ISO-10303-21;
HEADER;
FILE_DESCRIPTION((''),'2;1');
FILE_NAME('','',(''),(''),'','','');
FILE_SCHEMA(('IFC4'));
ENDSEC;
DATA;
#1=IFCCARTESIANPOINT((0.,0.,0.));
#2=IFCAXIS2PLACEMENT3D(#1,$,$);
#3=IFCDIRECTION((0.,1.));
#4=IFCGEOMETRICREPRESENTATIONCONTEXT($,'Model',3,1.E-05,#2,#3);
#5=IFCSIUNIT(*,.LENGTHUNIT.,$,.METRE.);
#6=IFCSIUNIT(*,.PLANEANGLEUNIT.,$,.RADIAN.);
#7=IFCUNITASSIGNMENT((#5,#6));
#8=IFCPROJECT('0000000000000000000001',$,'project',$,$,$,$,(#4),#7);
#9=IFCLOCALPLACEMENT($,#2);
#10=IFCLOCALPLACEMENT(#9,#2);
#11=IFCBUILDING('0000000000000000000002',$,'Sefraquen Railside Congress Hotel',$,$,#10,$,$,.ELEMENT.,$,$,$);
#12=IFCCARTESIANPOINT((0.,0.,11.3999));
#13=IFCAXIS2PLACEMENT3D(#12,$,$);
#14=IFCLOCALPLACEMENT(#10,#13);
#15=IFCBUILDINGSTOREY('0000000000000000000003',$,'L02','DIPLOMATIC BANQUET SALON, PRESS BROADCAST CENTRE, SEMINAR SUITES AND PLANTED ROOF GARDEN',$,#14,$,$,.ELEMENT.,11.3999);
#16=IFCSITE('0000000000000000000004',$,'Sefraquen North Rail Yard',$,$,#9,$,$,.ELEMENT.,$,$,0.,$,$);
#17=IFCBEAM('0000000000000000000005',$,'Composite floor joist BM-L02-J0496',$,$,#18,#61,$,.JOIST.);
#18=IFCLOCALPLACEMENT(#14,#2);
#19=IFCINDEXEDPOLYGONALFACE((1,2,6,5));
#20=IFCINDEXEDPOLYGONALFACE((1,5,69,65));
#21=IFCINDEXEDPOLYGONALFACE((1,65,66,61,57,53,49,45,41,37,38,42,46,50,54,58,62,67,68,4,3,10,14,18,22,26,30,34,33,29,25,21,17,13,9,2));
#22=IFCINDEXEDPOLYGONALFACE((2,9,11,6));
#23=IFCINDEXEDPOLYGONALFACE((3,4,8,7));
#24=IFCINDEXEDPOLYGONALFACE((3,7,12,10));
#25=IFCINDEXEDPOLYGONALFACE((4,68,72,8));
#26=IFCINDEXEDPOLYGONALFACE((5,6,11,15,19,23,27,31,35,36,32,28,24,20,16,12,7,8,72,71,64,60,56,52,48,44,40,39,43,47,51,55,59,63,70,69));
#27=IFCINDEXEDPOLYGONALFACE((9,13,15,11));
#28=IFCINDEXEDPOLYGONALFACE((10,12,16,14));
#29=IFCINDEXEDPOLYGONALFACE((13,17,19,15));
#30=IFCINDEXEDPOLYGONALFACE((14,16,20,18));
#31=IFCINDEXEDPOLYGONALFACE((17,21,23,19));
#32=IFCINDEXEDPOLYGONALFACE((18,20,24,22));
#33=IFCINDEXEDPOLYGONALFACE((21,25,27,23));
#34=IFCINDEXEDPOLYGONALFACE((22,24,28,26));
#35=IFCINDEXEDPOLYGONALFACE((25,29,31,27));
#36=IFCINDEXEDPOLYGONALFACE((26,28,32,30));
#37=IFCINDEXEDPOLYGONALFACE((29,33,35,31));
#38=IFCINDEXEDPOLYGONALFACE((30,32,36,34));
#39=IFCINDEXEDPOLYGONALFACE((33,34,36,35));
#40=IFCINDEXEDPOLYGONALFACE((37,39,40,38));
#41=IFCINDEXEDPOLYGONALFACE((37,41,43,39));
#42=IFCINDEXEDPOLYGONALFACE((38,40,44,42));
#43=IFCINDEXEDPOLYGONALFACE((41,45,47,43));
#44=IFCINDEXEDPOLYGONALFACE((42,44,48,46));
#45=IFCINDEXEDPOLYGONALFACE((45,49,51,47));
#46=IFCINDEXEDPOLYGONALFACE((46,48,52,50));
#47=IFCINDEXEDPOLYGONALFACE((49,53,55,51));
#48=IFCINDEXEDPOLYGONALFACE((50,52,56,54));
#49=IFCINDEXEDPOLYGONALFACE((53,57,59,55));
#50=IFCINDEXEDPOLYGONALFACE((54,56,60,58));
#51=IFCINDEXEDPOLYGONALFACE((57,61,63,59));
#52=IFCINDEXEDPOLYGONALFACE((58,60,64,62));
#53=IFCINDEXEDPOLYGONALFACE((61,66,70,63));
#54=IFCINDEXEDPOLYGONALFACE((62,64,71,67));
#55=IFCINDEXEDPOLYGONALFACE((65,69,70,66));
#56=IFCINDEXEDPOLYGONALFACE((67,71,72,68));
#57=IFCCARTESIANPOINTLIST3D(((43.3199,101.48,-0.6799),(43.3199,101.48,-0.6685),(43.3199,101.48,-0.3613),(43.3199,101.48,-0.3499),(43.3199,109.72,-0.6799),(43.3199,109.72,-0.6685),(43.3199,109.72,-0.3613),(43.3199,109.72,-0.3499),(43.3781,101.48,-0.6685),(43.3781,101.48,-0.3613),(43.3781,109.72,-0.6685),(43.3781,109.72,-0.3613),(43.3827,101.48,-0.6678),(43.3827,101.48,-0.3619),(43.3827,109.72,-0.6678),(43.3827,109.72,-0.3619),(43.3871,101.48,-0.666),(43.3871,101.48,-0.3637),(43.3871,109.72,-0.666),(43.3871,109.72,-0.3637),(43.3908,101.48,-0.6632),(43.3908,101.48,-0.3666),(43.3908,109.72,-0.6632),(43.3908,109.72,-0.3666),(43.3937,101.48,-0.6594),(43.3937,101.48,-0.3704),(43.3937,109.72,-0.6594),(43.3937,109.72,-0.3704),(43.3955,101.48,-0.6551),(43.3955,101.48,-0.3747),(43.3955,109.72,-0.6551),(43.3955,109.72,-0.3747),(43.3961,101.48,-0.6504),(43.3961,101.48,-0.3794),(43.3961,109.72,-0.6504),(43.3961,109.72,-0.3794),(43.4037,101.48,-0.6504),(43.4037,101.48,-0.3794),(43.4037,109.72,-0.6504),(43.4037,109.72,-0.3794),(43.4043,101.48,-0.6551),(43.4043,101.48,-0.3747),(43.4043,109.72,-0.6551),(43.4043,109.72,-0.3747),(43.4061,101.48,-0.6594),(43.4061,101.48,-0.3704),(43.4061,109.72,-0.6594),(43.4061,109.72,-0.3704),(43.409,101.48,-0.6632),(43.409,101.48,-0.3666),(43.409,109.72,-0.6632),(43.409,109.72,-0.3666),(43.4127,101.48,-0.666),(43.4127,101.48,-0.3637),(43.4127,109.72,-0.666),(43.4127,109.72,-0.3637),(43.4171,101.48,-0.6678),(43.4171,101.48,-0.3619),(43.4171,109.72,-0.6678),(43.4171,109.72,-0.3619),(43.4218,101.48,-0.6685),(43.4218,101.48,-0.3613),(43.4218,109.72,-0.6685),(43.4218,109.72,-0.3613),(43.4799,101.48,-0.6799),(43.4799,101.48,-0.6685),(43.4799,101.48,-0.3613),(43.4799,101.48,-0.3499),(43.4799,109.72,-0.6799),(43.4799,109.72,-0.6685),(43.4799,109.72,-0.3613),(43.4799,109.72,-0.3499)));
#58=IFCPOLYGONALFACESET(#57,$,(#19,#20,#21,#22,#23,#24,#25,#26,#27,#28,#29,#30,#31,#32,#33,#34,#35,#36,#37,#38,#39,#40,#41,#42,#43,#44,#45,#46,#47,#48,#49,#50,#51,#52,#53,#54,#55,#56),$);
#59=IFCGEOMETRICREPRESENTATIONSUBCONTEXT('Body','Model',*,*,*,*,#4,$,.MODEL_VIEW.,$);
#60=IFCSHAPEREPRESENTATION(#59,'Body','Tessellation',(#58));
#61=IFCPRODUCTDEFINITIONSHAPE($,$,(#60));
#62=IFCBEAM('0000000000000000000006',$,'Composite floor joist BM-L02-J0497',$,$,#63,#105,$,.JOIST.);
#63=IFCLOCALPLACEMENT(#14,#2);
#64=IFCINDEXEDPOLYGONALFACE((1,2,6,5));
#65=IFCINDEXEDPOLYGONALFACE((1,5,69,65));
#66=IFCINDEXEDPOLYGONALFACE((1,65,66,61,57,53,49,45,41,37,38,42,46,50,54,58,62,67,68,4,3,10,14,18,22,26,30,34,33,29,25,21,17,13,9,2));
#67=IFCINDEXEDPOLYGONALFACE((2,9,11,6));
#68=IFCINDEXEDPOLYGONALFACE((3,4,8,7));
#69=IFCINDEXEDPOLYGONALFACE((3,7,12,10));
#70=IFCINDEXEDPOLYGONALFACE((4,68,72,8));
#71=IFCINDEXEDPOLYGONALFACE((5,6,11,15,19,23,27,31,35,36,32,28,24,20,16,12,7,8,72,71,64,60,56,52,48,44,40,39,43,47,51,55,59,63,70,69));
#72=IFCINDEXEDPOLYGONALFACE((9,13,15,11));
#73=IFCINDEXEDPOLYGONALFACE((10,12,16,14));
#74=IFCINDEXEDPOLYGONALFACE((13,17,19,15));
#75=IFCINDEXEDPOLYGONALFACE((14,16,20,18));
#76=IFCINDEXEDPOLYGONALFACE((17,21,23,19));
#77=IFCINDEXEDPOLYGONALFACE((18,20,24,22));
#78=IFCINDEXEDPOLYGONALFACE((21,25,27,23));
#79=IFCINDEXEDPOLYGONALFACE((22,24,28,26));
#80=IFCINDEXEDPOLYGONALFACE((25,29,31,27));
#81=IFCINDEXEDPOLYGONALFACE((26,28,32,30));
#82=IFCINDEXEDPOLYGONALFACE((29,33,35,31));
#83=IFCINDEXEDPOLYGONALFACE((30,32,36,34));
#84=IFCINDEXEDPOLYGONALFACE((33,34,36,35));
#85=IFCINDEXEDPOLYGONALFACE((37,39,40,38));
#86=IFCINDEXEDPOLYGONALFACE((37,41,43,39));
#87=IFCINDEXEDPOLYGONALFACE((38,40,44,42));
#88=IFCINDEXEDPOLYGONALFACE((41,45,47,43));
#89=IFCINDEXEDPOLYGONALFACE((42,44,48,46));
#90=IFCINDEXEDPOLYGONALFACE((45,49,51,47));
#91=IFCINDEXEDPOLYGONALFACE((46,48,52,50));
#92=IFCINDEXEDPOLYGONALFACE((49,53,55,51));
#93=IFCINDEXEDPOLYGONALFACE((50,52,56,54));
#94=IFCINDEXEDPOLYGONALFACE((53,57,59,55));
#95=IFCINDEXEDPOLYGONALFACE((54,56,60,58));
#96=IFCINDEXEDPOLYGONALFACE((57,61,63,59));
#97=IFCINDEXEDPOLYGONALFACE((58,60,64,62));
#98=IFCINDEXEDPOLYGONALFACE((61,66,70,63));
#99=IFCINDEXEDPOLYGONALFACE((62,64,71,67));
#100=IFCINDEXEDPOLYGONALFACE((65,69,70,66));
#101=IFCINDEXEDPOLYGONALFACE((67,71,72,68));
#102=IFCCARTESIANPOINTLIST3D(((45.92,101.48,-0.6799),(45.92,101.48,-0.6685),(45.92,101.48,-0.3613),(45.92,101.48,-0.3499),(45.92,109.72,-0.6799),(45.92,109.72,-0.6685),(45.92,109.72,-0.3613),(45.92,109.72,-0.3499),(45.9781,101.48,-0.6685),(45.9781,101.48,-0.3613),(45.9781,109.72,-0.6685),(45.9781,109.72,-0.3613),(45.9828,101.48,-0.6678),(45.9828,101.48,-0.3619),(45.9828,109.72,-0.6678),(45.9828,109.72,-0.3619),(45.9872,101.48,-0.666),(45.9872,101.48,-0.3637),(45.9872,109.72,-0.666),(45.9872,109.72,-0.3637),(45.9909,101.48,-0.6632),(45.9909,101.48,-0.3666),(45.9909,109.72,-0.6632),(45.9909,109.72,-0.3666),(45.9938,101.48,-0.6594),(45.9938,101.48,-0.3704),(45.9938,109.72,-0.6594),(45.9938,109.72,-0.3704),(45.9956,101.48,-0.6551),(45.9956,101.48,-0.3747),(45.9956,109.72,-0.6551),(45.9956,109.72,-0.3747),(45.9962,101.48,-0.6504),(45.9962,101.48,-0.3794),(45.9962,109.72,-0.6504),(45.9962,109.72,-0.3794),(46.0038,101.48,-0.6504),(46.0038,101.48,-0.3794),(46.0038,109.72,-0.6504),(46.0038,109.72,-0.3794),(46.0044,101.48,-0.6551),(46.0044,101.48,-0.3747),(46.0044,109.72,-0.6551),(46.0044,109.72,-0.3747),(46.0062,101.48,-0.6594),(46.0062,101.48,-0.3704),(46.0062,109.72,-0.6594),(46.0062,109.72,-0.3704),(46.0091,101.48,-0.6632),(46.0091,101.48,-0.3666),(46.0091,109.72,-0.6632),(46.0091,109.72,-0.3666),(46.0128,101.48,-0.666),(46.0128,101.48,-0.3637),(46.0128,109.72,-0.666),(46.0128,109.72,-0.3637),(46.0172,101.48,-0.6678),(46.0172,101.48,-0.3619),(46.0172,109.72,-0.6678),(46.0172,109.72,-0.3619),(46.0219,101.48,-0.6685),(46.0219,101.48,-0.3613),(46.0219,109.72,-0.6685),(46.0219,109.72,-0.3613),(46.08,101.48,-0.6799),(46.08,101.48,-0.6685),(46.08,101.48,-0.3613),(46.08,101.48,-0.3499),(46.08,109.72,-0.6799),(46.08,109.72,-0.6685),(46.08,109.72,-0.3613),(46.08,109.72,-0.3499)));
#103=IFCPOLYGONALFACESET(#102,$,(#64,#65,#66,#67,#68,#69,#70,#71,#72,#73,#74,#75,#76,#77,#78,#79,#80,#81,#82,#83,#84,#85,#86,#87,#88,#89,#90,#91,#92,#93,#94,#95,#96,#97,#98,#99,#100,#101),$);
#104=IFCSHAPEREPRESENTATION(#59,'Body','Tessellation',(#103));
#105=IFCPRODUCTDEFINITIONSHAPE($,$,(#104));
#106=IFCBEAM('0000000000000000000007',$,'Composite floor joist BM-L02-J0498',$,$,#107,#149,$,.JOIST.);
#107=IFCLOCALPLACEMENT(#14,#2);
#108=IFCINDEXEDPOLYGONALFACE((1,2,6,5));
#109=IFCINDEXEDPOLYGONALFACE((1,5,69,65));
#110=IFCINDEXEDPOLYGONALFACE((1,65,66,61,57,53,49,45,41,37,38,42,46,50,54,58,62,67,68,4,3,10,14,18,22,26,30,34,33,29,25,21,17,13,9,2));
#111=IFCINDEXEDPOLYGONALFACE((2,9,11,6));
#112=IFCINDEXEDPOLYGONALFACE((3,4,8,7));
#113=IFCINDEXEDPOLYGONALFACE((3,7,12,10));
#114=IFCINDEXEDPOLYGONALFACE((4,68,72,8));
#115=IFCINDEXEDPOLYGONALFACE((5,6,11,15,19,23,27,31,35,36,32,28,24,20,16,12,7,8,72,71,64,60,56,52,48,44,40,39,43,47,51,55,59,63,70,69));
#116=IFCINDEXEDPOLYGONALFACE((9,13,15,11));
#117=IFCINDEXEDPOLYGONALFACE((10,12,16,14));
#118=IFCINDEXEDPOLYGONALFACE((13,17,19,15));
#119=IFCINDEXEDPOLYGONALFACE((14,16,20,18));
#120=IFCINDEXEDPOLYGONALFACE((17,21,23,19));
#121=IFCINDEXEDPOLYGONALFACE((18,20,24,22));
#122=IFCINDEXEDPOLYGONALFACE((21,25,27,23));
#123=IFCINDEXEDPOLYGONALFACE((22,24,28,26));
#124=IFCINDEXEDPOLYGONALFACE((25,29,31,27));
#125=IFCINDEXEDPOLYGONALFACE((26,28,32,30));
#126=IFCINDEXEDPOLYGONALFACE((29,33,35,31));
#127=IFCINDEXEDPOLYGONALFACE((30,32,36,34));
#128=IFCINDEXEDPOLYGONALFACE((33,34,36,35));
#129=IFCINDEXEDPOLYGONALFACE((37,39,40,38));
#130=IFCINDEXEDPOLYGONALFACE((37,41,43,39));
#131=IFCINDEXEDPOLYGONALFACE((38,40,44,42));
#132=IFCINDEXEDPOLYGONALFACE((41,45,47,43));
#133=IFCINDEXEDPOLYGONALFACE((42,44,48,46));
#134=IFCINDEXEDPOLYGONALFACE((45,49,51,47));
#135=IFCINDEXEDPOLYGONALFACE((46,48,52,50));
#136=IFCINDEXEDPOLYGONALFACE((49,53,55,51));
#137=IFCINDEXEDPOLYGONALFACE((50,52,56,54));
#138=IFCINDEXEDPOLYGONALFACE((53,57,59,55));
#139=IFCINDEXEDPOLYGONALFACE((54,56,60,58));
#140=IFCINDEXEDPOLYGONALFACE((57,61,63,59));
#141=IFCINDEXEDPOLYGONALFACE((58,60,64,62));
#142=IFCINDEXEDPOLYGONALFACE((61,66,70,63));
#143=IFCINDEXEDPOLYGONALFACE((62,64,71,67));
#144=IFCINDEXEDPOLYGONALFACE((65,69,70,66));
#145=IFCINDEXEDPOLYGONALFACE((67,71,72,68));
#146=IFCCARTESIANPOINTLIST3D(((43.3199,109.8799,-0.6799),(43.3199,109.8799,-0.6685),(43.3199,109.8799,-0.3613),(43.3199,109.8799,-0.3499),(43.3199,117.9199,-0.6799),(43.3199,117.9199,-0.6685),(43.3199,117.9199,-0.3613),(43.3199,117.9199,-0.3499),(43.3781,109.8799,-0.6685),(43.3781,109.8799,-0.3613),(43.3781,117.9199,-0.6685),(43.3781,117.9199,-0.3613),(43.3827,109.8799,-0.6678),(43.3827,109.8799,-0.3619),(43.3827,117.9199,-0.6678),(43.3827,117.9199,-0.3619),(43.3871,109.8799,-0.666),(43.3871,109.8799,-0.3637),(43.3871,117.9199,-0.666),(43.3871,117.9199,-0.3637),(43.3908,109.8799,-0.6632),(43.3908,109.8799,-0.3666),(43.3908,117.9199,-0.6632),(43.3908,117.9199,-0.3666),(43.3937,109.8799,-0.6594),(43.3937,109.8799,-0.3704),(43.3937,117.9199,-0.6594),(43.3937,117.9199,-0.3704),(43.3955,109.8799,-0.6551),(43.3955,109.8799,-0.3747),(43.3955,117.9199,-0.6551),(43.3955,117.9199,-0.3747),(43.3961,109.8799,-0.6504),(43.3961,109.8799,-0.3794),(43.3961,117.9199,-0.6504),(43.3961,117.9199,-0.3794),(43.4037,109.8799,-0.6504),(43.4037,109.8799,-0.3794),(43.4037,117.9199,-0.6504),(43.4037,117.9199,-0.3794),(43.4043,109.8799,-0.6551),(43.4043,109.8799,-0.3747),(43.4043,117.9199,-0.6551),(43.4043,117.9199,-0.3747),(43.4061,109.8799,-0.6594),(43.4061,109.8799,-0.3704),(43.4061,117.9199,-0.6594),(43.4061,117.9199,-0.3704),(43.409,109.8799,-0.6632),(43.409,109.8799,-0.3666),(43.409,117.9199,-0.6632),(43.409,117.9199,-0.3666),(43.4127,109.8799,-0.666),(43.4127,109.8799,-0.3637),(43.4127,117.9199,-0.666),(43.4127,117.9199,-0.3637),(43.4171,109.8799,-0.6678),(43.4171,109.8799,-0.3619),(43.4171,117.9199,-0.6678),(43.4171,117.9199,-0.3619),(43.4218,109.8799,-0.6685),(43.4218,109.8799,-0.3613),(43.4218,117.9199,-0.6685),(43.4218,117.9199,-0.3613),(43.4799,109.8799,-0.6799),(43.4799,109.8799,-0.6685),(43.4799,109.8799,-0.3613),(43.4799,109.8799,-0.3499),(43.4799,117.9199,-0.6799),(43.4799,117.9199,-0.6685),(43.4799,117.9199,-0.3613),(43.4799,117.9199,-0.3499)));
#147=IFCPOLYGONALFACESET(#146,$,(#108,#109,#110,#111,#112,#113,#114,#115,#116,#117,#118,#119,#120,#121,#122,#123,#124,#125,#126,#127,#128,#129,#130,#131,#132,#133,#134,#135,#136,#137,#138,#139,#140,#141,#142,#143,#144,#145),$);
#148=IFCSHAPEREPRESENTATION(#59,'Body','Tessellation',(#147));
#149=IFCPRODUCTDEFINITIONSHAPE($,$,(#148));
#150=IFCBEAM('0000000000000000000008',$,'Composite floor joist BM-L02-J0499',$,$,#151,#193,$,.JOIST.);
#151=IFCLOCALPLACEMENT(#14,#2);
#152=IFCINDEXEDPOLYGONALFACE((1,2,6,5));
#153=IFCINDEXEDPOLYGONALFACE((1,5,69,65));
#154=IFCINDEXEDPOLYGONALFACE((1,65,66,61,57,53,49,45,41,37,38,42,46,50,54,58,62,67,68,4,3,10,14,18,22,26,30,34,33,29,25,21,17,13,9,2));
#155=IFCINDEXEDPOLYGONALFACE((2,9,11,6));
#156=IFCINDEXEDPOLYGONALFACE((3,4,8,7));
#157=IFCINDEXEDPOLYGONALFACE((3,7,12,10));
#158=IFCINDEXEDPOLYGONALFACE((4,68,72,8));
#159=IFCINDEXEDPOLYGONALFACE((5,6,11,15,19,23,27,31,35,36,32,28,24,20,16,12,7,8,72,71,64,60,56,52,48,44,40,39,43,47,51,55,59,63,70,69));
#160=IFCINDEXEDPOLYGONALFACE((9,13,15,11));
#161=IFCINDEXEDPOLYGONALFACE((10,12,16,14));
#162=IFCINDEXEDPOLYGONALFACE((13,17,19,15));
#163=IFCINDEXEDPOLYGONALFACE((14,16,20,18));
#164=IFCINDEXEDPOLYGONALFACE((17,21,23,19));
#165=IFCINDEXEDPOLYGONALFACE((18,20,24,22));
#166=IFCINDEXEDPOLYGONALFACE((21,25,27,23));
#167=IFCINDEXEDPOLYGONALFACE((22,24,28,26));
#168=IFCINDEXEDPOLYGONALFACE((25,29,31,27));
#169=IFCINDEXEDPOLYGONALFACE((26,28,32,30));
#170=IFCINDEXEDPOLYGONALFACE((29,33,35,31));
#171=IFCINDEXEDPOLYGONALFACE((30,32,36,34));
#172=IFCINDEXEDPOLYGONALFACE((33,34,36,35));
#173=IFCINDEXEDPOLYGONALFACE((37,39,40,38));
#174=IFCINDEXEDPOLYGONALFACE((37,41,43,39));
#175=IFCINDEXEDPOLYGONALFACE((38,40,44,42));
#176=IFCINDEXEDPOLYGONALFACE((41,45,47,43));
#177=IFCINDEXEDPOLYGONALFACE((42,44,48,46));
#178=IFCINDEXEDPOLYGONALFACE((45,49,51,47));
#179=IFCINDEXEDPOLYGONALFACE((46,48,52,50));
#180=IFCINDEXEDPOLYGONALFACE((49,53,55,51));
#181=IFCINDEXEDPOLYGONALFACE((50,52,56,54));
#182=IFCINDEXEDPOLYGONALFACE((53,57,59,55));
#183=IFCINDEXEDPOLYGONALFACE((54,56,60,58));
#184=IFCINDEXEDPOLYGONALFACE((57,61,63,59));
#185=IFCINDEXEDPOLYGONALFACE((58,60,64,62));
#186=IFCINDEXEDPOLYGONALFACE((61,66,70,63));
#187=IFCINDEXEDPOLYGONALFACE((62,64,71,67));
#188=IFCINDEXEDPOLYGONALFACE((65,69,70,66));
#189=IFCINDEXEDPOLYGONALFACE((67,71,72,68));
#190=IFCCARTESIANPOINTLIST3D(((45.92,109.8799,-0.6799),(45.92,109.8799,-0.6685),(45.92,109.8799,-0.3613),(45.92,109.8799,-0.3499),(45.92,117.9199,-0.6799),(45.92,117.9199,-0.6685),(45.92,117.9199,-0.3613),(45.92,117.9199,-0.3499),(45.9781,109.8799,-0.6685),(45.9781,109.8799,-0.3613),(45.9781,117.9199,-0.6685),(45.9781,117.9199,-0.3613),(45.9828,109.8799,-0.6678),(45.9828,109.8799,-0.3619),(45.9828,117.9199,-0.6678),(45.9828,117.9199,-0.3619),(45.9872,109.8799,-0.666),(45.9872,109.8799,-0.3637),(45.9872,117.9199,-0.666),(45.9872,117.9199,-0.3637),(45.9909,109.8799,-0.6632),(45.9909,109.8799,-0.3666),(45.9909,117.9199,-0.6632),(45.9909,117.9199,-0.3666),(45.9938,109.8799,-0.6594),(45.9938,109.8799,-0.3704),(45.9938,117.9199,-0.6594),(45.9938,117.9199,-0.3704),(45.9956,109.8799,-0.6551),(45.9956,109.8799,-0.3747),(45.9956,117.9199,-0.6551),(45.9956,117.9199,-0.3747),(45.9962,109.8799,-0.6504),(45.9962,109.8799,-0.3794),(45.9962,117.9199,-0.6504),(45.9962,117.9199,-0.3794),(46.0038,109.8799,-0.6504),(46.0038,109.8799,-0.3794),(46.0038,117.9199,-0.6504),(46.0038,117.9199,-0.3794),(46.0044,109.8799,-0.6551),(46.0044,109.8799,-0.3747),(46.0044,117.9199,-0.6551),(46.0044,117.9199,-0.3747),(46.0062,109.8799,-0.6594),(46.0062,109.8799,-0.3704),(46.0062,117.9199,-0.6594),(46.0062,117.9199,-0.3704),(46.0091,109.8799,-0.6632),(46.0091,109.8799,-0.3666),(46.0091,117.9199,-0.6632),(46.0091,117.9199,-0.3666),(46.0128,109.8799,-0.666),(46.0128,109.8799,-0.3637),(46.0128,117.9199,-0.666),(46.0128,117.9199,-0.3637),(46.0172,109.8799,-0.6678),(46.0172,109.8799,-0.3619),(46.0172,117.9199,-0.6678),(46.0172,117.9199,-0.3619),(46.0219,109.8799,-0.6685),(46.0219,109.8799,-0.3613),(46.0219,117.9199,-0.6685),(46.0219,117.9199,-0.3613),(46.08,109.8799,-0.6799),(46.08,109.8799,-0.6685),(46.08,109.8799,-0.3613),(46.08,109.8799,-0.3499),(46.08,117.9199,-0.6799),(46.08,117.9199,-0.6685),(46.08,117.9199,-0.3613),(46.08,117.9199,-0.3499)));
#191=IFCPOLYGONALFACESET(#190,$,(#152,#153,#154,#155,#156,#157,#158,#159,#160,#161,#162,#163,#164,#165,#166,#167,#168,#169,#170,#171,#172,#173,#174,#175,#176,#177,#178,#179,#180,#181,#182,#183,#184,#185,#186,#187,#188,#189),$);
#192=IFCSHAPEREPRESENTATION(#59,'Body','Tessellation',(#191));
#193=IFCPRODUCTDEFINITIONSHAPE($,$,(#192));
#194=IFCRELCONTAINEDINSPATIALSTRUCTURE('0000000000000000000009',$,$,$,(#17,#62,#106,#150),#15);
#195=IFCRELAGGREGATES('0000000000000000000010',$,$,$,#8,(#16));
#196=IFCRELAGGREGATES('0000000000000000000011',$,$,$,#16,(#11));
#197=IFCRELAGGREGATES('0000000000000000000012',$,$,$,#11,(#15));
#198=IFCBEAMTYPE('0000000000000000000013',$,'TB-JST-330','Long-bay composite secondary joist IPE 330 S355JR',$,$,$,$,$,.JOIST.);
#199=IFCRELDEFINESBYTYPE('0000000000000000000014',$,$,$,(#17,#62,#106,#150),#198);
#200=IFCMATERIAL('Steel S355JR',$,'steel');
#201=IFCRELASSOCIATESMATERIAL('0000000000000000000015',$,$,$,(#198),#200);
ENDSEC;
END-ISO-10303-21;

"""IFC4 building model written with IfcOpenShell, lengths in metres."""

from ifc_helpers import new_model, si_unit, direction, frame, origin, origin_2d, place, context, subcontext, project, spatial, i_section, extrude, material, material_profile, profile_set, type_object, element, save


model = new_model("IFC4")

# Units and contexts
model_context = context("Model", 3, precision=1e-05, world=origin(), true_north=direction((0.0, 1.0)))
body_context = subcontext(model_context, "Body", "Model", "MODEL_VIEW")
ifc_project = project(units=[si_unit("LENGTHUNIT", "METRE"), si_unit("PLANEANGLEUNIT", "RADIAN")], contexts=[model_context])

# Site, building, storey
site_placement = place(None, origin())
site = spatial("IfcSite", under=ifc_project, at=site_placement, Name="Sefraquen North Rail Yard", CompositionType="ELEMENT", RefElevation=0.0)
building_placement = place(site_placement, origin())
building = spatial("IfcBuilding", under=site, at=building_placement, Name="Sefraquen Railside Congress Hotel", CompositionType="ELEMENT")
storey_placement = place(building_placement, frame((0.0, 0.0, 11.3999)))
storey = spatial("IfcBuildingStorey", under=building, at=storey_placement, Name="L02", Description="DIPLOMATIC BANQUET SALON, PRESS BROADCAST CENTRE, SEMINAR SUITES AND PLANTED ROOF GARDEN", CompositionType="ELEMENT", Elevation=11.3999)

# Shared definitions
ifc_material = material(Name="Steel S355JR", Category="steel")

# Beams
ifc_material_profile_1 = material_profile(ifc_material, i_section(OverallWidth=0.1599, OverallDepth=0.3301, WebThickness=0.0076, FlangeThickness=0.0115, FilletRadius=0.0181, at=origin_2d()), Name="IPE 330")
ifc_profile_set_1 = profile_set([ifc_material_profile_1], Name="Steel S355JR")
beam_type_1 = type_object("IfcBeamType", Name="TB-JST-330", Description="Long-bay composite secondary joist IPE 330 S355JR", PredefinedType="JOIST", material=ifc_profile_set_1)
for number, where, z_axis, x_axis, name in (
    (1, (43.3999, 101.48, -0.5149), (0.0, 1.0, 0.0), (-1.0, 0.0, 0.0), "Composite floor joist BM-L02-J0496"),
    (2, (46.0, 101.48, -0.5149), (0.0, 1.0, 0.0), (-1.0, 0.0, 0.0), "Composite floor joist BM-L02-J0497"),
):
    element("IfcBeam", number, at=place(storey_placement, frame(where, z_axis=z_axis, x_axis=x_axis)), inside=storey, type_object=beam_type_1, Name=name, PredefinedType="JOIST", context=body_context, shape_type="SweptSolid", body=[
        extrude(i_section(OverallWidth=0.1599, OverallDepth=0.3301, WebThickness=0.0076, FlangeThickness=0.0115, FilletRadius=0.0181, at=origin_2d()), origin(), (0.0, 0.0, 1.0), 8.24),
    ])
for number, where, z_axis, x_axis, name in (
    (3, (43.3999, 109.8799, -0.5149), (0.0, 1.0, 0.0), (-1.0, 0.0, 0.0), "Composite floor joist BM-L02-J0498"),
    (4, (46.0, 109.8799, -0.5149), (0.0, 1.0, 0.0), (-1.0, 0.0, 0.0), "Composite floor joist BM-L02-J0499"),
):
    element("IfcBeam", number, at=place(storey_placement, frame(where, z_axis=z_axis, x_axis=x_axis)), inside=storey, type_object=beam_type_1, Name=name, PredefinedType="JOIST", context=body_context, shape_type="SweptSolid", body=[
        extrude(i_section(OverallWidth=0.1599, OverallDepth=0.3301, WebThickness=0.0076, FlangeThickness=0.0115, FilletRadius=0.0181, at=origin_2d()), origin(), (0.0, 0.0, 1.0), 8.04),
    ])

save(model, "model.ifc")
